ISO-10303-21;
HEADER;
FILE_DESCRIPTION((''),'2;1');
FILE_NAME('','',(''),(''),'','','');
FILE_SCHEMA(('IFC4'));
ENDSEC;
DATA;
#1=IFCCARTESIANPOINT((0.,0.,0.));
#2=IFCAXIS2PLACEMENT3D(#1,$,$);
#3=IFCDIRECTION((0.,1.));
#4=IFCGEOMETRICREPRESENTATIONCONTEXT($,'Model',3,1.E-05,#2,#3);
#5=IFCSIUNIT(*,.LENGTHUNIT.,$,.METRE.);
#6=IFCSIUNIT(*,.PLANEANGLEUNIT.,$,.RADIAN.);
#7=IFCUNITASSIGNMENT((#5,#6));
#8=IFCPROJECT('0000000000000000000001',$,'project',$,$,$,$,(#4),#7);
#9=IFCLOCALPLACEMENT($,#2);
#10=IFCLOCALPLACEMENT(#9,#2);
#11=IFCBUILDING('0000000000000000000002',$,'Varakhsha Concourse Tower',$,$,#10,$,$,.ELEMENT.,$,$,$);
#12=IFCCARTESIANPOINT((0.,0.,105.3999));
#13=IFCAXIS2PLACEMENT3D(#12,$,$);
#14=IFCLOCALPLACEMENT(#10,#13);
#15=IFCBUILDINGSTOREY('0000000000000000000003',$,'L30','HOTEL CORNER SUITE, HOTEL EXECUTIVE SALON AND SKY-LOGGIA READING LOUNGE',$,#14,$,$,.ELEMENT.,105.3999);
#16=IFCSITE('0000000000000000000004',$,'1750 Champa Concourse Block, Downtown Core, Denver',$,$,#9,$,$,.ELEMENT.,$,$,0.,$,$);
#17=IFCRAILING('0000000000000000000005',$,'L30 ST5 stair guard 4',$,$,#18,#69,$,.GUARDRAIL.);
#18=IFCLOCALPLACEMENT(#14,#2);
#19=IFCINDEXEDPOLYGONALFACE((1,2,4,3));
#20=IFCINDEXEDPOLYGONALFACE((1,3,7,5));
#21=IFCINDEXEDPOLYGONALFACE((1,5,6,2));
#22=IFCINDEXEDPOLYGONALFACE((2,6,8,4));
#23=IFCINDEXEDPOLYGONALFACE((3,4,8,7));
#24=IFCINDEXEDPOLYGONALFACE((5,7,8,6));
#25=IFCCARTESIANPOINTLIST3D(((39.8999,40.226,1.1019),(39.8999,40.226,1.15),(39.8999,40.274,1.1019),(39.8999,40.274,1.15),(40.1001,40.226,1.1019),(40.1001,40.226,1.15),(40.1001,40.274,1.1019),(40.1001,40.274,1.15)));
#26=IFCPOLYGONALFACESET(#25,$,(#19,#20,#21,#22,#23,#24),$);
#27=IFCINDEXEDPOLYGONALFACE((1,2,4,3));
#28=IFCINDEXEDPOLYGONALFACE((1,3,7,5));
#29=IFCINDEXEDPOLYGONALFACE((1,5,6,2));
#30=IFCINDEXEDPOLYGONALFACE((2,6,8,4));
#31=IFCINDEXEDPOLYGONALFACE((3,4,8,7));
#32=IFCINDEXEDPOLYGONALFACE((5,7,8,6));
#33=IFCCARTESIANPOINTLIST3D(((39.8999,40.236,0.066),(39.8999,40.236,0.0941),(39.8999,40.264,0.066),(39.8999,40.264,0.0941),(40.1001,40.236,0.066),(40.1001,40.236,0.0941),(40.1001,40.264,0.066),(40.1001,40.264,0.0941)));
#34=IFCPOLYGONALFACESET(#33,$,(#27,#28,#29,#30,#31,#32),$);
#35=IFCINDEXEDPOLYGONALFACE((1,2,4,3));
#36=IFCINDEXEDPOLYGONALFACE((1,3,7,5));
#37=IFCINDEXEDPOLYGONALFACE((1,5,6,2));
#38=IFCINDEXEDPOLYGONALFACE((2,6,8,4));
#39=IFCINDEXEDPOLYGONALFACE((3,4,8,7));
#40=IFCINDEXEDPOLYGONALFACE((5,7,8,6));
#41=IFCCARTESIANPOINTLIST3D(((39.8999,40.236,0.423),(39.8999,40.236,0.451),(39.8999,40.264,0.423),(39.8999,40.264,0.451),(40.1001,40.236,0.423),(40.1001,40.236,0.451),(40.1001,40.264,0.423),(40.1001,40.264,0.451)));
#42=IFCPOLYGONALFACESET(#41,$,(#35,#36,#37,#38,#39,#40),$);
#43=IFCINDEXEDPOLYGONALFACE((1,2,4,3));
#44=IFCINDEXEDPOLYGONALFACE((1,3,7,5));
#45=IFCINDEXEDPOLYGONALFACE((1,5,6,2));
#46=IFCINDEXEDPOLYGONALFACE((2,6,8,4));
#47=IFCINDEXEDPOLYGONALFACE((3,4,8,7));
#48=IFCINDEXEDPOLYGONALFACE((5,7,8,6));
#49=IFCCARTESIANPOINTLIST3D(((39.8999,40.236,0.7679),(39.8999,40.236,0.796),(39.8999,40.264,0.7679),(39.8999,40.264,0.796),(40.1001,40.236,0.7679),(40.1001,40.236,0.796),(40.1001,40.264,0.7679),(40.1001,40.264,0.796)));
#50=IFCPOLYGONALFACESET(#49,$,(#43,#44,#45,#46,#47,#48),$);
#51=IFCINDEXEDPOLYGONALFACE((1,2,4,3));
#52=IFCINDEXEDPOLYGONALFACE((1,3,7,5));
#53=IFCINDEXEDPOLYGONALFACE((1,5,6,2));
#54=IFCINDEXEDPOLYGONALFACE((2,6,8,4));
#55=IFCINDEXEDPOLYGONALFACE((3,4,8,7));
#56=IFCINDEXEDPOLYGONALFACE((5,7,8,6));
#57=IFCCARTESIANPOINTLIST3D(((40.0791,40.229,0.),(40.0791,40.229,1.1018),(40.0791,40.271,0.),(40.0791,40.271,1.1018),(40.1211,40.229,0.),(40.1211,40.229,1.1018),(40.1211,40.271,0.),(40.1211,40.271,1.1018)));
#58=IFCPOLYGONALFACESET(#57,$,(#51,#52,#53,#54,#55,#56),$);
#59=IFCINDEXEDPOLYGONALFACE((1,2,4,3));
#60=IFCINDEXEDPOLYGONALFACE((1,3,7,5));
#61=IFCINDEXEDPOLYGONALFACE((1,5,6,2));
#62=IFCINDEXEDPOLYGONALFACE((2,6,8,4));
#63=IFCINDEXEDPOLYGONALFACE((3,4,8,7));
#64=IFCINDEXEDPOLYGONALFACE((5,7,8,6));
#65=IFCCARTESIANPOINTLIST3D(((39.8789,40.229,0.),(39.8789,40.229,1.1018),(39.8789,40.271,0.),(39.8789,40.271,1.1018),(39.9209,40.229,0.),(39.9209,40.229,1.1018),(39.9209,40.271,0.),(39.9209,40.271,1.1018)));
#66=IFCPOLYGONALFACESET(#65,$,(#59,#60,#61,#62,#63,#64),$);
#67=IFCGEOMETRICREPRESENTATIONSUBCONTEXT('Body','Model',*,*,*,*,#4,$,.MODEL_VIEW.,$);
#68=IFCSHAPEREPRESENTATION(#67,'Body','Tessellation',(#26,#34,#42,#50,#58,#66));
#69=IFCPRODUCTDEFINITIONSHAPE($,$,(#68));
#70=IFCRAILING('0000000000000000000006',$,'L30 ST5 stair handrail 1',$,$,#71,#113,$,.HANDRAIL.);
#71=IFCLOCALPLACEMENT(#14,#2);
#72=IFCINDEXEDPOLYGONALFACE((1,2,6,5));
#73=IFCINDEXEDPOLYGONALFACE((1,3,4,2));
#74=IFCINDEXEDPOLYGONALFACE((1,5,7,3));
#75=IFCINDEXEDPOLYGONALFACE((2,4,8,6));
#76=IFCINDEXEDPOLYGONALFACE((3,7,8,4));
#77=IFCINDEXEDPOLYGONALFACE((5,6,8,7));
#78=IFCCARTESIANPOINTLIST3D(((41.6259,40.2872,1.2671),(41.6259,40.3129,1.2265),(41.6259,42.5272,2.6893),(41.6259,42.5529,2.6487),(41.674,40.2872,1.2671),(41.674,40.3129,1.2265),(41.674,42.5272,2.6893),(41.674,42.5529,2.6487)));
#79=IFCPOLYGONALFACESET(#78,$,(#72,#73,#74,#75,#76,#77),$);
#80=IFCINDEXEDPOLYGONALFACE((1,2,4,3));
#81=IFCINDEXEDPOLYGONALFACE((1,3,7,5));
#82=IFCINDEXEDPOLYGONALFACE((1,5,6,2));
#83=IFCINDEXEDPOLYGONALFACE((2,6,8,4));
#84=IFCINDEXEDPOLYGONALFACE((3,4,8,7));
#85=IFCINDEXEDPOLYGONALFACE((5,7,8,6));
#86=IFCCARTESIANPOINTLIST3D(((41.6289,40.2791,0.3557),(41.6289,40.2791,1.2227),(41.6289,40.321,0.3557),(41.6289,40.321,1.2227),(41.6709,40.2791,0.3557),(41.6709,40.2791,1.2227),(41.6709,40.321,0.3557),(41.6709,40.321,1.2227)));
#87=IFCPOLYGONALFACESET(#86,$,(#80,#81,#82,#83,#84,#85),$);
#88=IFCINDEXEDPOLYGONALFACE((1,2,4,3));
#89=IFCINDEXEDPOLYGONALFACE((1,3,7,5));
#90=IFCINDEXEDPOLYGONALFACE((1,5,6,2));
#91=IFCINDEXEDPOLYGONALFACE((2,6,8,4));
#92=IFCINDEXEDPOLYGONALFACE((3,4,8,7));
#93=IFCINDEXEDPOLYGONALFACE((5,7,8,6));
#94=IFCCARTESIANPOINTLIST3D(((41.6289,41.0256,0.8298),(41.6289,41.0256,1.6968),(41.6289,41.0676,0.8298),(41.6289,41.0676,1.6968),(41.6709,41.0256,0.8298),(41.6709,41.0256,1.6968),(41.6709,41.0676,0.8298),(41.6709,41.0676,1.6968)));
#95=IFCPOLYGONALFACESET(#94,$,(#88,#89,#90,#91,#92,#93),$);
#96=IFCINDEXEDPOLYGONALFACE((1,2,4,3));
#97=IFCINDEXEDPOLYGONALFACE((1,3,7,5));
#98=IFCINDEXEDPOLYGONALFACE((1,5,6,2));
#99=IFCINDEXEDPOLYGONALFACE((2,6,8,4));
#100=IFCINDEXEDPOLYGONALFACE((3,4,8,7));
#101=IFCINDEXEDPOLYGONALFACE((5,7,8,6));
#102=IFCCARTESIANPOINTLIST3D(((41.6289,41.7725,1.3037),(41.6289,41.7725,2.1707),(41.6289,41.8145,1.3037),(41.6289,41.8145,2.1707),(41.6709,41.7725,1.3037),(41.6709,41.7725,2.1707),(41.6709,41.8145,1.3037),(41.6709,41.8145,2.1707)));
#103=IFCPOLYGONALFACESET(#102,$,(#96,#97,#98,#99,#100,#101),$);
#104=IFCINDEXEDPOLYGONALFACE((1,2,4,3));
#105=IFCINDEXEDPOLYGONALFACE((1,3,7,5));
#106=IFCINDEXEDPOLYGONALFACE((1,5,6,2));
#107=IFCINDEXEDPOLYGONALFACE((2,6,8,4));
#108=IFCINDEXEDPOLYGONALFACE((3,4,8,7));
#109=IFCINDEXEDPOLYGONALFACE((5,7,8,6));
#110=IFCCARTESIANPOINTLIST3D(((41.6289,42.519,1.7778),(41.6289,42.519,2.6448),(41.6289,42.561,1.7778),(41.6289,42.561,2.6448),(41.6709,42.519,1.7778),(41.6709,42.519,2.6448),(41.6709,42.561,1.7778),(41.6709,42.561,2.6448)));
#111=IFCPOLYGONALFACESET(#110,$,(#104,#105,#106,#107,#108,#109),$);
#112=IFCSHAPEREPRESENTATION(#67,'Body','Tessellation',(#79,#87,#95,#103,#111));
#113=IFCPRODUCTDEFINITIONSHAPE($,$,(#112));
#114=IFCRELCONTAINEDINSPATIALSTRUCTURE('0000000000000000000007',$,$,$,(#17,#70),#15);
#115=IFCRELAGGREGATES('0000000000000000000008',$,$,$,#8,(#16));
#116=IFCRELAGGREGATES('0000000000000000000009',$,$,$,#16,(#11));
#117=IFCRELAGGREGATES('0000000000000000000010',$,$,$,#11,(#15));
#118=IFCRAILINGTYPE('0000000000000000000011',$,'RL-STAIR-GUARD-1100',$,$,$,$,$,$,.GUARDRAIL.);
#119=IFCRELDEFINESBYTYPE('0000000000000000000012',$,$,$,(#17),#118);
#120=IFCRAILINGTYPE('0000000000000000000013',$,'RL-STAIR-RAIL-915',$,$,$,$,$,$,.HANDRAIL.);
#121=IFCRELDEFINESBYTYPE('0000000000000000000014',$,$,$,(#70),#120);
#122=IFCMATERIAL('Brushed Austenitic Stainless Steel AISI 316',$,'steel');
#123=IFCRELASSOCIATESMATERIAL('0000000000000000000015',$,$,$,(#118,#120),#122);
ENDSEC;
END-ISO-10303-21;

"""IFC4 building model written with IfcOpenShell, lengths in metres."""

from ifc_helpers import new_model, si_unit, direction, frame, origin, origin_2d, place, context, subcontext, project, spatial, rectangle, extrude, material, type_object, element, save


model = new_model("IFC4")

# Units and contexts
model_context = context("Model", 3, precision=1e-05, world=origin(), true_north=direction((0.0, 1.0)))
body_context = subcontext(model_context, "Body", "Model", "MODEL_VIEW")
ifc_project = project(units=[si_unit("LENGTHUNIT", "METRE"), si_unit("PLANEANGLEUNIT", "RADIAN")], contexts=[model_context])

# Site, building, storey
site_placement = place(None, origin())
site = spatial("IfcSite", under=ifc_project, at=site_placement, Name="1750 Champa Concourse Block, Downtown Core, Denver", CompositionType="ELEMENT", RefElevation=0.0)
building_placement = place(site_placement, origin())
building = spatial("IfcBuilding", under=site, at=building_placement, Name="Varakhsha Concourse Tower", CompositionType="ELEMENT")
storey_placement = place(building_placement, frame((0.0, 0.0, 105.3999)))
storey = spatial("IfcBuildingStorey", under=building, at=storey_placement, Name="L30", Description="HOTEL CORNER SUITE, HOTEL EXECUTIVE SALON AND SKY-LOGGIA READING LOUNGE", CompositionType="ELEMENT", Elevation=105.3999)

# Railings
ifc_material_1 = material(Name="Brushed Austenitic Stainless Steel AISI 316", Category="steel")
railing_type_1 = type_object("IfcRailingType", Name="RL-STAIR-GUARD-1100", PredefinedType="GUARDRAIL", material=ifc_material_1)
railing_1_placement = place(storey_placement, frame((40.1001, 40.25, 0.0)))
element("IfcRailing", 1, at=railing_1_placement, inside=storey, type_object=railing_type_1, Name="L30 ST5 stair guard 4", PredefinedType="GUARDRAIL", context=body_context, shape_type="SweptSolid", body=[
    extrude(rectangle(XDim=0.0481, YDim=0.0481, at=origin_2d()), frame((0.0, 0.0, 1.126), z_axis=(-1.0, 0.0, 0.0), x_axis=(0.0, -1.0, 0.0)), (0.0, 0.0, 1.0), 0.2002),
    extrude(rectangle(XDim=0.0281, YDim=0.0281, at=origin_2d()), frame((0.0, 0.0, 0.0801), z_axis=(-1.0, 0.0, 0.0), x_axis=(0.0, -1.0, 0.0)), (0.0, 0.0, 1.0), 0.2002),
    extrude(rectangle(XDim=0.0281, YDim=0.0281, at=origin_2d()), frame((0.0, 0.0, 0.437), z_axis=(-1.0, 0.0, 0.0), x_axis=(0.0, -1.0, 0.0)), (0.0, 0.0, 1.0), 0.2002),
    extrude(rectangle(XDim=0.0281, YDim=0.0281, at=origin_2d()), frame((0.0, 0.0, 0.782), z_axis=(-1.0, 0.0, 0.0), x_axis=(0.0, -1.0, 0.0)), (0.0, 0.0, 1.0), 0.2002),
    extrude(rectangle(XDim=0.042, YDim=0.042, at=origin_2d()), origin(), (0.0, 0.0, 1.0), 1.1018),
    extrude(rectangle(XDim=0.042, YDim=0.042, at=origin_2d()), frame((-0.2002, 0.0, 0.0)), (0.0, 0.0, 1.0), 1.1018),
])
railing_type_2 = type_object("IfcRailingType", Name="RL-STAIR-RAIL-915", PredefinedType="HANDRAIL", material=ifc_material_1)
railing_2_placement = place(storey_placement, frame((41.6499, 40.3, 0.3557)))
element("IfcRailing", 2, at=railing_2_placement, inside=storey, type_object=railing_type_2, Name="L30 ST5 stair handrail 1", PredefinedType="HANDRAIL", context=body_context, shape_type="SweptSolid", body=[
    extrude(rectangle(XDim=0.0481, YDim=0.0481, at=origin_2d()), frame((0.0, 0.0, 0.8911), z_axis=(0.0, 0.844229, 0.535982), x_axis=(-1.0, 0.0, 0.0)), (0.0, 0.0, 1.0), 2.6533),
    extrude(rectangle(XDim=0.042, YDim=0.042, at=origin_2d()), origin(), (0.0, 0.0, 1.0), 0.8669),
    extrude(rectangle(XDim=0.042, YDim=0.042, at=origin_2d()), frame((0.0, 0.7466, 0.4741)), (0.0, 0.0, 1.0), 0.8669),
    extrude(rectangle(XDim=0.042, YDim=0.042, at=origin_2d()), frame((0.0, 1.4934, 0.948)), (0.0, 0.0, 1.0), 0.8669),
    extrude(rectangle(XDim=0.042, YDim=0.042, at=origin_2d()), frame((0.0, 2.24, 1.4221)), (0.0, 0.0, 1.0), 0.8669),
])

save(model, "model.ifc")
